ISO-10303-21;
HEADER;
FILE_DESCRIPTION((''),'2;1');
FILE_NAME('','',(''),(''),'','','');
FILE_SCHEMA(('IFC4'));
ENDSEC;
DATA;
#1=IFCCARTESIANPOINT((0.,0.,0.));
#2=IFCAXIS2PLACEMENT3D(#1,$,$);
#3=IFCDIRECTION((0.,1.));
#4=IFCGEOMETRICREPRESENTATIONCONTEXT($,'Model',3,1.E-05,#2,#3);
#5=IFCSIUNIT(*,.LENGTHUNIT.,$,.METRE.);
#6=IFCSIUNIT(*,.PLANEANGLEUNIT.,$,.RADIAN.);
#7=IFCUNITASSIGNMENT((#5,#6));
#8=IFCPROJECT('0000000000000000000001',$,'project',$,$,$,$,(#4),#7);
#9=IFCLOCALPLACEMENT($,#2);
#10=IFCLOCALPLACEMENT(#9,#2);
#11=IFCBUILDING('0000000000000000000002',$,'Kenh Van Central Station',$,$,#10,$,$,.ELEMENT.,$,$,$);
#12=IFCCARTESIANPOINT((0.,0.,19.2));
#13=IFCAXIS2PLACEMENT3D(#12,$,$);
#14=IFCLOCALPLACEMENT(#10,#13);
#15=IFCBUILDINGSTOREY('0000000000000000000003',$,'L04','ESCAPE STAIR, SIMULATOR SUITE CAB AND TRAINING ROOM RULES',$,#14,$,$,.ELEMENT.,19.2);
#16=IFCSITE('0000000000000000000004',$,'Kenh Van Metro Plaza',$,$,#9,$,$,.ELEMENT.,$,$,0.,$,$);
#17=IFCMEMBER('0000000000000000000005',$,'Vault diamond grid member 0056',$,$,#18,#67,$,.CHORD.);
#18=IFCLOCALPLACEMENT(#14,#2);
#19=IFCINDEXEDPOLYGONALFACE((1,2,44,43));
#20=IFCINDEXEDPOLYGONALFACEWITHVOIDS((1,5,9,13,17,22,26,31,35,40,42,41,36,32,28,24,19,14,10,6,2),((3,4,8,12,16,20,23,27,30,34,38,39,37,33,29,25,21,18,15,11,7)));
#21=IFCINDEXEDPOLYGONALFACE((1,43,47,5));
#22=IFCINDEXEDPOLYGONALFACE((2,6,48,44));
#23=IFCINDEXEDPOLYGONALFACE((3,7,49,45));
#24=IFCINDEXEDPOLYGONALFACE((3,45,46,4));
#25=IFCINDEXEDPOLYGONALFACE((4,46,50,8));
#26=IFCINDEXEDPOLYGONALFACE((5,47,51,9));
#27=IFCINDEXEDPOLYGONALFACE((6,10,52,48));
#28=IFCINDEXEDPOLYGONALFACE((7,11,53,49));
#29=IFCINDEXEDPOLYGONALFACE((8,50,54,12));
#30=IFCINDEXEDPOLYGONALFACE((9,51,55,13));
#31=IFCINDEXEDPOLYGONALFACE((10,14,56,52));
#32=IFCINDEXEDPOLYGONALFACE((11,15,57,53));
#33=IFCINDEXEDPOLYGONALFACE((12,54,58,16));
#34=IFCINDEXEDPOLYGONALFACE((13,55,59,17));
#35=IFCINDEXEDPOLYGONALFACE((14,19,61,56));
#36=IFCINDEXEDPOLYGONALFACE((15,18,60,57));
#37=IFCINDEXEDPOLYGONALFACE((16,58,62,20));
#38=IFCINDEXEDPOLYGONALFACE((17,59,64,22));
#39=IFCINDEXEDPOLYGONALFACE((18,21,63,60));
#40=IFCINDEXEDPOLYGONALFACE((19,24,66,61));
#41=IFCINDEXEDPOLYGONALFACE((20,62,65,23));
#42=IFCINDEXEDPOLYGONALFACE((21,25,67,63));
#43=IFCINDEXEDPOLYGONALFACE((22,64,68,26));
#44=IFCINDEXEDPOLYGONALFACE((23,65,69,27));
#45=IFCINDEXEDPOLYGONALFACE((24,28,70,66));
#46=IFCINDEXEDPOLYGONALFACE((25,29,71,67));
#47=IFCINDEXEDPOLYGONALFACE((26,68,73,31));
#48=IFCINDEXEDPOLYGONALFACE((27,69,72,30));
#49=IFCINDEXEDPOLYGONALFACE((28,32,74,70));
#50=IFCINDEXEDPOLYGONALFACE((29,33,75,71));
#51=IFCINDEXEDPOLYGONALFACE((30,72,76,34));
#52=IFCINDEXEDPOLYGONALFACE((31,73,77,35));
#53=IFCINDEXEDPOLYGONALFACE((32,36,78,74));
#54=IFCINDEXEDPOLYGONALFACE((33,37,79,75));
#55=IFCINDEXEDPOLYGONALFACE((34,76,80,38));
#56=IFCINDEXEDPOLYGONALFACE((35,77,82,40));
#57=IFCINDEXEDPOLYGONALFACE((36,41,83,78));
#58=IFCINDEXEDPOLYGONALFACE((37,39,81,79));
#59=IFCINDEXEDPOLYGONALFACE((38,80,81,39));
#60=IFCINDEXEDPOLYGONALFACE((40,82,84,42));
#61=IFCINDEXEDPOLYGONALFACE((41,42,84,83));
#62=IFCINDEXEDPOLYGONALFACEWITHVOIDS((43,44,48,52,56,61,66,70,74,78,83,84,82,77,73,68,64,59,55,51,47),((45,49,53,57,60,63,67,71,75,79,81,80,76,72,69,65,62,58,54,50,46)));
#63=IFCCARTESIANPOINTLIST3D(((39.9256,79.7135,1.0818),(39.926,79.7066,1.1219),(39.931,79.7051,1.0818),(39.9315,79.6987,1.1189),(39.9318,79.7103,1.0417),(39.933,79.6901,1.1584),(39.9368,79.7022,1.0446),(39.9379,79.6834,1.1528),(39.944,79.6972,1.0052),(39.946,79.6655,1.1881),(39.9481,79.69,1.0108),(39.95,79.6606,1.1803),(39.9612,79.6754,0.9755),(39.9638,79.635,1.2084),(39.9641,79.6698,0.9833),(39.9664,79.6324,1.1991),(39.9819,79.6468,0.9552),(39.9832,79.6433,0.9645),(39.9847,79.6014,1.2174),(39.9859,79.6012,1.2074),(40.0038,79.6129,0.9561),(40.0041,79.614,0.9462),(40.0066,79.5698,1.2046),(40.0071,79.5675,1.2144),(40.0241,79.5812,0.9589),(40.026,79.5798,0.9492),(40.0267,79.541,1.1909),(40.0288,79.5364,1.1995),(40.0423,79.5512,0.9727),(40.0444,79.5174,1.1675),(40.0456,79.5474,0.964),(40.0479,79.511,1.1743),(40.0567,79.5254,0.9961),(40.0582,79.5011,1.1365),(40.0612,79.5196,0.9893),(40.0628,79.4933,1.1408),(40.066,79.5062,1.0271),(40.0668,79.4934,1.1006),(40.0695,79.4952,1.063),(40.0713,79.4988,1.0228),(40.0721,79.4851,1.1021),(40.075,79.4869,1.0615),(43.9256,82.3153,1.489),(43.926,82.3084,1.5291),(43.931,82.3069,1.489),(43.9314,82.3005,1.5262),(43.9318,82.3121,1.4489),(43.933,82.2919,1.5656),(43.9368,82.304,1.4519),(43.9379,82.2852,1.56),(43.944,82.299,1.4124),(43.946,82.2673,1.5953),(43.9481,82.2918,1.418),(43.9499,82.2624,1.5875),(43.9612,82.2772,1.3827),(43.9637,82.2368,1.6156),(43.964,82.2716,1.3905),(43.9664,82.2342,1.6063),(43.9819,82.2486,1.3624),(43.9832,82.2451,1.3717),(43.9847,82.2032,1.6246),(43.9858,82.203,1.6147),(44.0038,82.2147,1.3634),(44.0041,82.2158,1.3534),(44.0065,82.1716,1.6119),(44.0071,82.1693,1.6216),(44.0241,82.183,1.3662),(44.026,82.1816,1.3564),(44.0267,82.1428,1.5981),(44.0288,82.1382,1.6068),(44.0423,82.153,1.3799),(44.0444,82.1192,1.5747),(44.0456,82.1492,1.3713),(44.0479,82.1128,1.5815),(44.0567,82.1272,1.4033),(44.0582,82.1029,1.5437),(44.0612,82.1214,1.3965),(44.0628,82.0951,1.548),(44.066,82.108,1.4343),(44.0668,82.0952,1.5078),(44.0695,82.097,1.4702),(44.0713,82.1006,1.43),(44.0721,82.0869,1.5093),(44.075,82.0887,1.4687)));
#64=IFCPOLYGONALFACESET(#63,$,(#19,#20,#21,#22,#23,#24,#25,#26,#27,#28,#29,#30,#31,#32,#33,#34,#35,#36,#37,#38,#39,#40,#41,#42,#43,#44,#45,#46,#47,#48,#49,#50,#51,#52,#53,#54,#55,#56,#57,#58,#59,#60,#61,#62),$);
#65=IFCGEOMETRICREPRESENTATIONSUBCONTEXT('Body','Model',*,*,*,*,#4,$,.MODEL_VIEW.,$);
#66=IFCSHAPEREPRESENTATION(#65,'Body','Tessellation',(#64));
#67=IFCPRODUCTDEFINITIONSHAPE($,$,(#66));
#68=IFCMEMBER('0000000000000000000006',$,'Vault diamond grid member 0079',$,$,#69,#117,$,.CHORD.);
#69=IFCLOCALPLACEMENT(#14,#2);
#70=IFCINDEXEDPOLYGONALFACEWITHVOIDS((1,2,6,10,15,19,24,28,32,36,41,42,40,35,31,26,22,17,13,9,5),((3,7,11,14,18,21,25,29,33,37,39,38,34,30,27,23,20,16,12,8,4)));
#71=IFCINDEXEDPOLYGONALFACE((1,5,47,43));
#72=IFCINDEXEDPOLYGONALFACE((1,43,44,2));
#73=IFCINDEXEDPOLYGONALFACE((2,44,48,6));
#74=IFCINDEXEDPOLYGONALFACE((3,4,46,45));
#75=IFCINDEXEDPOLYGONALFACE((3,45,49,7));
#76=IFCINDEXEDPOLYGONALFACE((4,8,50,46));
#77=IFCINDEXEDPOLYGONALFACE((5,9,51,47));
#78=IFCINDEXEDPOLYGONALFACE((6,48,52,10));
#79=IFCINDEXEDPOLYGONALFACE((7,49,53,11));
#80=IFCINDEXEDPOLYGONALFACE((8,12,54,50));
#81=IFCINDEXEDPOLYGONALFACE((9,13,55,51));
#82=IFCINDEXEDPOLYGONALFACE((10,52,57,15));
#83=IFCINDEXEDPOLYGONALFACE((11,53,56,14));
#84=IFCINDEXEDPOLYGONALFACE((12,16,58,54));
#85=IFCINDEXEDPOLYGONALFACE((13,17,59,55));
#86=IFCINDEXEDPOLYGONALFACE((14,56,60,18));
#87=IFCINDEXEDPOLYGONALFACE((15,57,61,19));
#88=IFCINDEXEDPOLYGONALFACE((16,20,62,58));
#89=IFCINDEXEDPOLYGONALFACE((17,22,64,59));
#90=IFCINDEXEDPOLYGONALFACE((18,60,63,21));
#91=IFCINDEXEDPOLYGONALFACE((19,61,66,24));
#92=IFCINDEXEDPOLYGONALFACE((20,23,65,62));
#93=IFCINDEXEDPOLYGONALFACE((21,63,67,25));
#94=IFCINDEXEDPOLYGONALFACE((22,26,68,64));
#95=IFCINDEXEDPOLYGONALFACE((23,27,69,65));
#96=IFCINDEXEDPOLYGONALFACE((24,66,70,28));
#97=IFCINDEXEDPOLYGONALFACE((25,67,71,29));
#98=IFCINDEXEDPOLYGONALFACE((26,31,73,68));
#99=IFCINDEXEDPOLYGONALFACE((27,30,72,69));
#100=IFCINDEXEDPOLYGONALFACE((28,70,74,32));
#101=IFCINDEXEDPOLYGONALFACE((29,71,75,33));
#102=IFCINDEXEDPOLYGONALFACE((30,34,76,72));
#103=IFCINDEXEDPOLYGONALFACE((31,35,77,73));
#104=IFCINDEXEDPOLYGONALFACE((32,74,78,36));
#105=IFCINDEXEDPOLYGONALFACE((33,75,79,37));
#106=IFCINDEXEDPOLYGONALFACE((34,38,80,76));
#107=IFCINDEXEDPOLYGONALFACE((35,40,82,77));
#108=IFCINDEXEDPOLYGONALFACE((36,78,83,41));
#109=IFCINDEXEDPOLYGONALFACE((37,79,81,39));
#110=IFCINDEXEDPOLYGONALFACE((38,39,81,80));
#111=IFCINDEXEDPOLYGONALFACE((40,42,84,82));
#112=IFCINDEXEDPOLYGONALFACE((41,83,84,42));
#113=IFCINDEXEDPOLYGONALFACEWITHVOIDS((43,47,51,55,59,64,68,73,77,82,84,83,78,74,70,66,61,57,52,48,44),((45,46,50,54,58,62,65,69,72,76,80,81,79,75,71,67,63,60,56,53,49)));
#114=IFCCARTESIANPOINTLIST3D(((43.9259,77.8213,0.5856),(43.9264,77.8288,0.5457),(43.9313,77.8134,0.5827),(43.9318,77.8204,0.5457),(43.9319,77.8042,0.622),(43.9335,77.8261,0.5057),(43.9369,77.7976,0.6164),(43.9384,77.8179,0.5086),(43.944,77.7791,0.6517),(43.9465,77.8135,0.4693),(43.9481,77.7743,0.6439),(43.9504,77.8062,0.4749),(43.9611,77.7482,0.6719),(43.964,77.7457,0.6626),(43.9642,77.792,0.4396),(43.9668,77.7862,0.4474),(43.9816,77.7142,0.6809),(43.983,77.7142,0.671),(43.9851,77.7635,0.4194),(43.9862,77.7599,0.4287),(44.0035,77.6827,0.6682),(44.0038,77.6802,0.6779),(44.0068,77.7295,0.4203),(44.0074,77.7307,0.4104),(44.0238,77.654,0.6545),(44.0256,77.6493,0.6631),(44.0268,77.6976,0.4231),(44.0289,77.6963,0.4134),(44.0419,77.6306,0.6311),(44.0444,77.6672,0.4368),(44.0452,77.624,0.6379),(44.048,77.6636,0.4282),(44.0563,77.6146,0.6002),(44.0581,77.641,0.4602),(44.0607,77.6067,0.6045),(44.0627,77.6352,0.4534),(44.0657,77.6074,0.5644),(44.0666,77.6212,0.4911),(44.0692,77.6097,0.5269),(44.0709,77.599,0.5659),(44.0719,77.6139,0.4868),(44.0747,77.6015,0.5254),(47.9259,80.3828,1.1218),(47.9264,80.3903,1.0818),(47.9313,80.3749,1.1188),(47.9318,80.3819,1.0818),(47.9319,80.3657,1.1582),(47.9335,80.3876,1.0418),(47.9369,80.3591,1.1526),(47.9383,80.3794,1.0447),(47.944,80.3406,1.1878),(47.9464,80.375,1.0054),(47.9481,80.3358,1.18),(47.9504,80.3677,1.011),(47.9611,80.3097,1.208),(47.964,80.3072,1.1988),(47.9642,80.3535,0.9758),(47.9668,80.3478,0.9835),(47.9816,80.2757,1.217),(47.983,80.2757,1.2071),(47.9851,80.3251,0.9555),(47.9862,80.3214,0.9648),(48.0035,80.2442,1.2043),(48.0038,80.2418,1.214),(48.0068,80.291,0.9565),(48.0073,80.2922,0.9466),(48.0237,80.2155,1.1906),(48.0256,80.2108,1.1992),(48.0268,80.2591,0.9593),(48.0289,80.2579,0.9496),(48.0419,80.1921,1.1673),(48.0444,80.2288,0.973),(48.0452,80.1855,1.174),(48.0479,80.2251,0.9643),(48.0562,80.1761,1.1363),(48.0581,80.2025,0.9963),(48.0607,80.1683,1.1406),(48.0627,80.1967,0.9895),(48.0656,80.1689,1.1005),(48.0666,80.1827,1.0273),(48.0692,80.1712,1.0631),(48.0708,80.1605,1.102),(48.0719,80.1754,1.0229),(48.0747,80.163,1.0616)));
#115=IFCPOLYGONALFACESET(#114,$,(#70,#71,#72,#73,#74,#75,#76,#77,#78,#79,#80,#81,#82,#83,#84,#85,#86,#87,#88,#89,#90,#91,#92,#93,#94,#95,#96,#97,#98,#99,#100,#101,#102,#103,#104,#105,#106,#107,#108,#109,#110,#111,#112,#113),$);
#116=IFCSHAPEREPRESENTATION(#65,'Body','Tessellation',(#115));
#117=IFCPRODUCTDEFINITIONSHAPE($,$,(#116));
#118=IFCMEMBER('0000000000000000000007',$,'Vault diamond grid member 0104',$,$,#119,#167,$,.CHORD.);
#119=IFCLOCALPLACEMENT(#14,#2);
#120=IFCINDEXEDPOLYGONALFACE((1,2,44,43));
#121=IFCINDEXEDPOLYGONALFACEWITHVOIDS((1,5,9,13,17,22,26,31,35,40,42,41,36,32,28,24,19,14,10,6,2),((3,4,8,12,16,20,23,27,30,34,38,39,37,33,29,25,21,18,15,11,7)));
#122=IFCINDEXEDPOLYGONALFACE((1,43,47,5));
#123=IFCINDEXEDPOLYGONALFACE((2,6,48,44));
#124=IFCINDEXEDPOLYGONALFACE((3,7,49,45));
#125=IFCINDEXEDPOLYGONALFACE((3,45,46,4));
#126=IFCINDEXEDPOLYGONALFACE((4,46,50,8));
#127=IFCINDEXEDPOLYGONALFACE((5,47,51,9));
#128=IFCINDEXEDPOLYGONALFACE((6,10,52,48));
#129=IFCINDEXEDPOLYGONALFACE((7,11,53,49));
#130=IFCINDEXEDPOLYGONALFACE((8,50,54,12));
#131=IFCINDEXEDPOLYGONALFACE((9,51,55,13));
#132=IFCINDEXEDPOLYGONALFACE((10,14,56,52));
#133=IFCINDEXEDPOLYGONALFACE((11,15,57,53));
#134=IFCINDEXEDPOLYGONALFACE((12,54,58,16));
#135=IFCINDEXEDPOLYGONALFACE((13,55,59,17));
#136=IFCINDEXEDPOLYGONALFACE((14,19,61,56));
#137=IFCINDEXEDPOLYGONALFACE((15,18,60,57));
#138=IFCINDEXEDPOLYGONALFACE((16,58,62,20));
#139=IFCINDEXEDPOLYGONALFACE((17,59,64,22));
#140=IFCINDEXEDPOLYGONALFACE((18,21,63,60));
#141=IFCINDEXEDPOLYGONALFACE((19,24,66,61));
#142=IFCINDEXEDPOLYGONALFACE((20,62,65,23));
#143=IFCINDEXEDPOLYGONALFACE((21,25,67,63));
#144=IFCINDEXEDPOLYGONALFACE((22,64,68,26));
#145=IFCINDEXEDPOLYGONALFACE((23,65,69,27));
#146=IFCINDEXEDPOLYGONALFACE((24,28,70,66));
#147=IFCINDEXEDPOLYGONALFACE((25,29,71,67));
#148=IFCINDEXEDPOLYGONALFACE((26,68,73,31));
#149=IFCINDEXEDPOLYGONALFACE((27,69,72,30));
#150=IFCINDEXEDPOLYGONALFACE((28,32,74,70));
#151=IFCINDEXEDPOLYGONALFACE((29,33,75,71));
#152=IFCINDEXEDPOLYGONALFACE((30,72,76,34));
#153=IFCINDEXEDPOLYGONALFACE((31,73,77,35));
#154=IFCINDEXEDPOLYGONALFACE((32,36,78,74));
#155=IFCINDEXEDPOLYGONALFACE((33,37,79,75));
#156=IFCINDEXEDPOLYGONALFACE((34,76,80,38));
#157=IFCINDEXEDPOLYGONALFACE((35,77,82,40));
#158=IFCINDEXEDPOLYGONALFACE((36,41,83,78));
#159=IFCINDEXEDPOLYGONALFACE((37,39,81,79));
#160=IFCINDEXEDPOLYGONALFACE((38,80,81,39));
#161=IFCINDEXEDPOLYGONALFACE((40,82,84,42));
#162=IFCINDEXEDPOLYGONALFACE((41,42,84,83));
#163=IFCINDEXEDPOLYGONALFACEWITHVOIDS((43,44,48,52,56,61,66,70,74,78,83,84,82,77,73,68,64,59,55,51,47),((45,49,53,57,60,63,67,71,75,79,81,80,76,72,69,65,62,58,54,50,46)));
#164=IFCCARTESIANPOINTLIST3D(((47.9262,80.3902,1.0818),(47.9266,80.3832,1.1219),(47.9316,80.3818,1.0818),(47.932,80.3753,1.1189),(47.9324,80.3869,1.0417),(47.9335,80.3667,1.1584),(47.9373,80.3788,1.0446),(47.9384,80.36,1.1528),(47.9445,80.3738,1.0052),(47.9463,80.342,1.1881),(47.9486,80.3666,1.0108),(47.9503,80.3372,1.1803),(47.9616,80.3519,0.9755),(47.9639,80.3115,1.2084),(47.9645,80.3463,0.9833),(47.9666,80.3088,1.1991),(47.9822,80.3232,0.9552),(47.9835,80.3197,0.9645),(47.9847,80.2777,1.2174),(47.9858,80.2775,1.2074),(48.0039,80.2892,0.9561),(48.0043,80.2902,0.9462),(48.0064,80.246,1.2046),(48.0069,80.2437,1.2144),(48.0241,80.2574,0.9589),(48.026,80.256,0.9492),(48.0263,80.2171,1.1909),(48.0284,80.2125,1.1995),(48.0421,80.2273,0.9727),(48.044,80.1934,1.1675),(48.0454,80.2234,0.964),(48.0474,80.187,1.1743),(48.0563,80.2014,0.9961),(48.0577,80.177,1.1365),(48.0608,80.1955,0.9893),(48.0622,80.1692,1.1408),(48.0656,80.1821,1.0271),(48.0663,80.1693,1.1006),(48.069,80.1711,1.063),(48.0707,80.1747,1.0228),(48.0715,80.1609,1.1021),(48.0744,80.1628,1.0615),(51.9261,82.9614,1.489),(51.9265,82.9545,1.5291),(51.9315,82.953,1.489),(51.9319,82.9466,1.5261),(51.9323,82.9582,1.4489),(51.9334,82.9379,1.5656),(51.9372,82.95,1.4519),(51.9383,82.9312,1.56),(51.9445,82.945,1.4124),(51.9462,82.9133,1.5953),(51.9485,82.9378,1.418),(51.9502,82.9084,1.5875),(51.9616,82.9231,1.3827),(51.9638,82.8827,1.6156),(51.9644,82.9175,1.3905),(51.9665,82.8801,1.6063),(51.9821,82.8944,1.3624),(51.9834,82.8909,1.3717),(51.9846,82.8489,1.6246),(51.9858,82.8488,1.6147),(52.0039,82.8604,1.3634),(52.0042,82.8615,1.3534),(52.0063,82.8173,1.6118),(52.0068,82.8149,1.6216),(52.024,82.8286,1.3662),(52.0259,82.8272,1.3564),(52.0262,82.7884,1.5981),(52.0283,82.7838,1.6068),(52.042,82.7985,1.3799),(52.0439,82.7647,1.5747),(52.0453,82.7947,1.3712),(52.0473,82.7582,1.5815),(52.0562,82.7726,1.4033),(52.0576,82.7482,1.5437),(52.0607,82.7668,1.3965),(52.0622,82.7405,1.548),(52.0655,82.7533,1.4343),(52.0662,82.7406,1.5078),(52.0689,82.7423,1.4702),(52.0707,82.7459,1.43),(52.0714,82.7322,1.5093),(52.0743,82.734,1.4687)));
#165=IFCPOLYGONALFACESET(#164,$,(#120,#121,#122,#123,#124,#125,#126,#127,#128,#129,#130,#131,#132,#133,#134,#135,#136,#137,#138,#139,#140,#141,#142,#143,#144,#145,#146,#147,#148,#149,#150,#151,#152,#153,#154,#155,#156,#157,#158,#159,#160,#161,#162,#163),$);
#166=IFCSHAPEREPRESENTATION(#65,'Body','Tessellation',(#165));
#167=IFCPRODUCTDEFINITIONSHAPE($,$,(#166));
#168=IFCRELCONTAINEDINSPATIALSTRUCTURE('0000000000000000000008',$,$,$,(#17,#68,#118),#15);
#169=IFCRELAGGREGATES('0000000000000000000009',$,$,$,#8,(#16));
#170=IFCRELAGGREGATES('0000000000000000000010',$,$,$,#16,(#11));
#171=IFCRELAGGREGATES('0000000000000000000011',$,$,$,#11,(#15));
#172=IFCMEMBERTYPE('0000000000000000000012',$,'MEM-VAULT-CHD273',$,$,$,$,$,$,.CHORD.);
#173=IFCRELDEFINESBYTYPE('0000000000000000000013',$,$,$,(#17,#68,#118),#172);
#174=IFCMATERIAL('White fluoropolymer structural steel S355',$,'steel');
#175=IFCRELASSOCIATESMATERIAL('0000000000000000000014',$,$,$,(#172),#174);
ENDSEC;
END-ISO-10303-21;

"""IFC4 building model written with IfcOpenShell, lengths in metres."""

from ifc_helpers import new_model, si_unit, direction, frame, origin, origin_2d, place, context, subcontext, project, spatial, hollow_circle, extrude, material, material_profile, profile_set, type_object, element, save


model = new_model("IFC4")

# Units and contexts
model_context = context("Model", 3, precision=1e-05, world=origin(), true_north=direction((0.0, 1.0)))
body_context = subcontext(model_context, "Body", "Model", "MODEL_VIEW")
ifc_project = project(units=[si_unit("LENGTHUNIT", "METRE"), si_unit("PLANEANGLEUNIT", "RADIAN")], contexts=[model_context])

# Site, building, storey
site_placement = place(None, origin())
site = spatial("IfcSite", under=ifc_project, at=site_placement, Name="Kenh Van Metro Plaza", CompositionType="ELEMENT", RefElevation=0.0)
building_placement = place(site_placement, origin())
building = spatial("IfcBuilding", under=site, at=building_placement, Name="Kenh Van Central Station", CompositionType="ELEMENT")
storey_placement = place(building_placement, frame((0.0, 0.0, 19.2)))
storey = spatial("IfcBuildingStorey", under=building, at=storey_placement, Name="L04", Description="ESCAPE STAIR, SIMULATOR SUITE CAB AND TRAINING ROOM RULES", CompositionType="ELEMENT", Elevation=19.2)

# Shared definitions
ifc_material_1 = material(Name="White fluoropolymer structural steel S355", Category="steel")

# Members
ifc_material_profile_1 = material_profile(ifc_material_1, hollow_circle(Radius=0.1365, WallThickness=0.01, at=origin_2d()), Name="CHS 273x10")
ifc_profile_set_1 = profile_set([ifc_material_profile_1], Name="White fluoropolymer structural steel S355")
member_type_1 = type_object("IfcMemberType", Name="MEM-VAULT-CHD273", PredefinedType="CHORD", material=ifc_profile_set_1)
member_1_placement = place(storey_placement, frame((40.0, 79.5991, 1.0818), z_axis=(0.835235, 0.54328, 0.085032), x_axis=(-0.545254, 0.838271, 0.0)))
element("IfcMember", 1, at=member_1_placement, inside=storey, type_object=member_type_1, Name="Vault diamond grid member 0056", PredefinedType="CHORD", context=body_context, shape_type="SweptSolid", body=[
    extrude(hollow_circle(Radius=0.1365, WallThickness=0.01, at=origin_2d()), origin(), (0.0, 0.0, 1.0), 4.7891),
])
member_2_placement = place(storey_placement, frame((44.0, 77.7139, 0.5457), z_axis=(0.836812, 0.535878, 0.112161), x_axis=(-0.539281, 0.842126, 0.0)))
element("IfcMember", 2, at=member_2_placement, inside=storey, type_object=member_type_1, Name="Vault diamond grid member 0079", PredefinedType="CHORD", context=body_context, shape_type="SweptSolid", body=[
    extrude(hollow_circle(Radius=0.1365, WallThickness=0.01, at=origin_2d()), origin(), (0.0, 0.0, 1.0), 4.78),
])
member_3_placement = place(storey_placement, frame((48.0, 80.2754, 1.0818), z_axis=(0.838124, 0.538765, 0.085327), x_axis=(-0.540737, 0.841192, 0.0)))
element("IfcMember", 3, at=member_3_placement, inside=storey, type_object=member_type_1, Name="Vault diamond grid member 0104", PredefinedType="CHORD", context=body_context, shape_type="SweptSolid", body=[
    extrude(hollow_circle(Radius=0.1365, WallThickness=0.01, at=origin_2d()), origin(), (0.0, 0.0, 1.0), 4.7725),
])

save(model, "model.ifc")
